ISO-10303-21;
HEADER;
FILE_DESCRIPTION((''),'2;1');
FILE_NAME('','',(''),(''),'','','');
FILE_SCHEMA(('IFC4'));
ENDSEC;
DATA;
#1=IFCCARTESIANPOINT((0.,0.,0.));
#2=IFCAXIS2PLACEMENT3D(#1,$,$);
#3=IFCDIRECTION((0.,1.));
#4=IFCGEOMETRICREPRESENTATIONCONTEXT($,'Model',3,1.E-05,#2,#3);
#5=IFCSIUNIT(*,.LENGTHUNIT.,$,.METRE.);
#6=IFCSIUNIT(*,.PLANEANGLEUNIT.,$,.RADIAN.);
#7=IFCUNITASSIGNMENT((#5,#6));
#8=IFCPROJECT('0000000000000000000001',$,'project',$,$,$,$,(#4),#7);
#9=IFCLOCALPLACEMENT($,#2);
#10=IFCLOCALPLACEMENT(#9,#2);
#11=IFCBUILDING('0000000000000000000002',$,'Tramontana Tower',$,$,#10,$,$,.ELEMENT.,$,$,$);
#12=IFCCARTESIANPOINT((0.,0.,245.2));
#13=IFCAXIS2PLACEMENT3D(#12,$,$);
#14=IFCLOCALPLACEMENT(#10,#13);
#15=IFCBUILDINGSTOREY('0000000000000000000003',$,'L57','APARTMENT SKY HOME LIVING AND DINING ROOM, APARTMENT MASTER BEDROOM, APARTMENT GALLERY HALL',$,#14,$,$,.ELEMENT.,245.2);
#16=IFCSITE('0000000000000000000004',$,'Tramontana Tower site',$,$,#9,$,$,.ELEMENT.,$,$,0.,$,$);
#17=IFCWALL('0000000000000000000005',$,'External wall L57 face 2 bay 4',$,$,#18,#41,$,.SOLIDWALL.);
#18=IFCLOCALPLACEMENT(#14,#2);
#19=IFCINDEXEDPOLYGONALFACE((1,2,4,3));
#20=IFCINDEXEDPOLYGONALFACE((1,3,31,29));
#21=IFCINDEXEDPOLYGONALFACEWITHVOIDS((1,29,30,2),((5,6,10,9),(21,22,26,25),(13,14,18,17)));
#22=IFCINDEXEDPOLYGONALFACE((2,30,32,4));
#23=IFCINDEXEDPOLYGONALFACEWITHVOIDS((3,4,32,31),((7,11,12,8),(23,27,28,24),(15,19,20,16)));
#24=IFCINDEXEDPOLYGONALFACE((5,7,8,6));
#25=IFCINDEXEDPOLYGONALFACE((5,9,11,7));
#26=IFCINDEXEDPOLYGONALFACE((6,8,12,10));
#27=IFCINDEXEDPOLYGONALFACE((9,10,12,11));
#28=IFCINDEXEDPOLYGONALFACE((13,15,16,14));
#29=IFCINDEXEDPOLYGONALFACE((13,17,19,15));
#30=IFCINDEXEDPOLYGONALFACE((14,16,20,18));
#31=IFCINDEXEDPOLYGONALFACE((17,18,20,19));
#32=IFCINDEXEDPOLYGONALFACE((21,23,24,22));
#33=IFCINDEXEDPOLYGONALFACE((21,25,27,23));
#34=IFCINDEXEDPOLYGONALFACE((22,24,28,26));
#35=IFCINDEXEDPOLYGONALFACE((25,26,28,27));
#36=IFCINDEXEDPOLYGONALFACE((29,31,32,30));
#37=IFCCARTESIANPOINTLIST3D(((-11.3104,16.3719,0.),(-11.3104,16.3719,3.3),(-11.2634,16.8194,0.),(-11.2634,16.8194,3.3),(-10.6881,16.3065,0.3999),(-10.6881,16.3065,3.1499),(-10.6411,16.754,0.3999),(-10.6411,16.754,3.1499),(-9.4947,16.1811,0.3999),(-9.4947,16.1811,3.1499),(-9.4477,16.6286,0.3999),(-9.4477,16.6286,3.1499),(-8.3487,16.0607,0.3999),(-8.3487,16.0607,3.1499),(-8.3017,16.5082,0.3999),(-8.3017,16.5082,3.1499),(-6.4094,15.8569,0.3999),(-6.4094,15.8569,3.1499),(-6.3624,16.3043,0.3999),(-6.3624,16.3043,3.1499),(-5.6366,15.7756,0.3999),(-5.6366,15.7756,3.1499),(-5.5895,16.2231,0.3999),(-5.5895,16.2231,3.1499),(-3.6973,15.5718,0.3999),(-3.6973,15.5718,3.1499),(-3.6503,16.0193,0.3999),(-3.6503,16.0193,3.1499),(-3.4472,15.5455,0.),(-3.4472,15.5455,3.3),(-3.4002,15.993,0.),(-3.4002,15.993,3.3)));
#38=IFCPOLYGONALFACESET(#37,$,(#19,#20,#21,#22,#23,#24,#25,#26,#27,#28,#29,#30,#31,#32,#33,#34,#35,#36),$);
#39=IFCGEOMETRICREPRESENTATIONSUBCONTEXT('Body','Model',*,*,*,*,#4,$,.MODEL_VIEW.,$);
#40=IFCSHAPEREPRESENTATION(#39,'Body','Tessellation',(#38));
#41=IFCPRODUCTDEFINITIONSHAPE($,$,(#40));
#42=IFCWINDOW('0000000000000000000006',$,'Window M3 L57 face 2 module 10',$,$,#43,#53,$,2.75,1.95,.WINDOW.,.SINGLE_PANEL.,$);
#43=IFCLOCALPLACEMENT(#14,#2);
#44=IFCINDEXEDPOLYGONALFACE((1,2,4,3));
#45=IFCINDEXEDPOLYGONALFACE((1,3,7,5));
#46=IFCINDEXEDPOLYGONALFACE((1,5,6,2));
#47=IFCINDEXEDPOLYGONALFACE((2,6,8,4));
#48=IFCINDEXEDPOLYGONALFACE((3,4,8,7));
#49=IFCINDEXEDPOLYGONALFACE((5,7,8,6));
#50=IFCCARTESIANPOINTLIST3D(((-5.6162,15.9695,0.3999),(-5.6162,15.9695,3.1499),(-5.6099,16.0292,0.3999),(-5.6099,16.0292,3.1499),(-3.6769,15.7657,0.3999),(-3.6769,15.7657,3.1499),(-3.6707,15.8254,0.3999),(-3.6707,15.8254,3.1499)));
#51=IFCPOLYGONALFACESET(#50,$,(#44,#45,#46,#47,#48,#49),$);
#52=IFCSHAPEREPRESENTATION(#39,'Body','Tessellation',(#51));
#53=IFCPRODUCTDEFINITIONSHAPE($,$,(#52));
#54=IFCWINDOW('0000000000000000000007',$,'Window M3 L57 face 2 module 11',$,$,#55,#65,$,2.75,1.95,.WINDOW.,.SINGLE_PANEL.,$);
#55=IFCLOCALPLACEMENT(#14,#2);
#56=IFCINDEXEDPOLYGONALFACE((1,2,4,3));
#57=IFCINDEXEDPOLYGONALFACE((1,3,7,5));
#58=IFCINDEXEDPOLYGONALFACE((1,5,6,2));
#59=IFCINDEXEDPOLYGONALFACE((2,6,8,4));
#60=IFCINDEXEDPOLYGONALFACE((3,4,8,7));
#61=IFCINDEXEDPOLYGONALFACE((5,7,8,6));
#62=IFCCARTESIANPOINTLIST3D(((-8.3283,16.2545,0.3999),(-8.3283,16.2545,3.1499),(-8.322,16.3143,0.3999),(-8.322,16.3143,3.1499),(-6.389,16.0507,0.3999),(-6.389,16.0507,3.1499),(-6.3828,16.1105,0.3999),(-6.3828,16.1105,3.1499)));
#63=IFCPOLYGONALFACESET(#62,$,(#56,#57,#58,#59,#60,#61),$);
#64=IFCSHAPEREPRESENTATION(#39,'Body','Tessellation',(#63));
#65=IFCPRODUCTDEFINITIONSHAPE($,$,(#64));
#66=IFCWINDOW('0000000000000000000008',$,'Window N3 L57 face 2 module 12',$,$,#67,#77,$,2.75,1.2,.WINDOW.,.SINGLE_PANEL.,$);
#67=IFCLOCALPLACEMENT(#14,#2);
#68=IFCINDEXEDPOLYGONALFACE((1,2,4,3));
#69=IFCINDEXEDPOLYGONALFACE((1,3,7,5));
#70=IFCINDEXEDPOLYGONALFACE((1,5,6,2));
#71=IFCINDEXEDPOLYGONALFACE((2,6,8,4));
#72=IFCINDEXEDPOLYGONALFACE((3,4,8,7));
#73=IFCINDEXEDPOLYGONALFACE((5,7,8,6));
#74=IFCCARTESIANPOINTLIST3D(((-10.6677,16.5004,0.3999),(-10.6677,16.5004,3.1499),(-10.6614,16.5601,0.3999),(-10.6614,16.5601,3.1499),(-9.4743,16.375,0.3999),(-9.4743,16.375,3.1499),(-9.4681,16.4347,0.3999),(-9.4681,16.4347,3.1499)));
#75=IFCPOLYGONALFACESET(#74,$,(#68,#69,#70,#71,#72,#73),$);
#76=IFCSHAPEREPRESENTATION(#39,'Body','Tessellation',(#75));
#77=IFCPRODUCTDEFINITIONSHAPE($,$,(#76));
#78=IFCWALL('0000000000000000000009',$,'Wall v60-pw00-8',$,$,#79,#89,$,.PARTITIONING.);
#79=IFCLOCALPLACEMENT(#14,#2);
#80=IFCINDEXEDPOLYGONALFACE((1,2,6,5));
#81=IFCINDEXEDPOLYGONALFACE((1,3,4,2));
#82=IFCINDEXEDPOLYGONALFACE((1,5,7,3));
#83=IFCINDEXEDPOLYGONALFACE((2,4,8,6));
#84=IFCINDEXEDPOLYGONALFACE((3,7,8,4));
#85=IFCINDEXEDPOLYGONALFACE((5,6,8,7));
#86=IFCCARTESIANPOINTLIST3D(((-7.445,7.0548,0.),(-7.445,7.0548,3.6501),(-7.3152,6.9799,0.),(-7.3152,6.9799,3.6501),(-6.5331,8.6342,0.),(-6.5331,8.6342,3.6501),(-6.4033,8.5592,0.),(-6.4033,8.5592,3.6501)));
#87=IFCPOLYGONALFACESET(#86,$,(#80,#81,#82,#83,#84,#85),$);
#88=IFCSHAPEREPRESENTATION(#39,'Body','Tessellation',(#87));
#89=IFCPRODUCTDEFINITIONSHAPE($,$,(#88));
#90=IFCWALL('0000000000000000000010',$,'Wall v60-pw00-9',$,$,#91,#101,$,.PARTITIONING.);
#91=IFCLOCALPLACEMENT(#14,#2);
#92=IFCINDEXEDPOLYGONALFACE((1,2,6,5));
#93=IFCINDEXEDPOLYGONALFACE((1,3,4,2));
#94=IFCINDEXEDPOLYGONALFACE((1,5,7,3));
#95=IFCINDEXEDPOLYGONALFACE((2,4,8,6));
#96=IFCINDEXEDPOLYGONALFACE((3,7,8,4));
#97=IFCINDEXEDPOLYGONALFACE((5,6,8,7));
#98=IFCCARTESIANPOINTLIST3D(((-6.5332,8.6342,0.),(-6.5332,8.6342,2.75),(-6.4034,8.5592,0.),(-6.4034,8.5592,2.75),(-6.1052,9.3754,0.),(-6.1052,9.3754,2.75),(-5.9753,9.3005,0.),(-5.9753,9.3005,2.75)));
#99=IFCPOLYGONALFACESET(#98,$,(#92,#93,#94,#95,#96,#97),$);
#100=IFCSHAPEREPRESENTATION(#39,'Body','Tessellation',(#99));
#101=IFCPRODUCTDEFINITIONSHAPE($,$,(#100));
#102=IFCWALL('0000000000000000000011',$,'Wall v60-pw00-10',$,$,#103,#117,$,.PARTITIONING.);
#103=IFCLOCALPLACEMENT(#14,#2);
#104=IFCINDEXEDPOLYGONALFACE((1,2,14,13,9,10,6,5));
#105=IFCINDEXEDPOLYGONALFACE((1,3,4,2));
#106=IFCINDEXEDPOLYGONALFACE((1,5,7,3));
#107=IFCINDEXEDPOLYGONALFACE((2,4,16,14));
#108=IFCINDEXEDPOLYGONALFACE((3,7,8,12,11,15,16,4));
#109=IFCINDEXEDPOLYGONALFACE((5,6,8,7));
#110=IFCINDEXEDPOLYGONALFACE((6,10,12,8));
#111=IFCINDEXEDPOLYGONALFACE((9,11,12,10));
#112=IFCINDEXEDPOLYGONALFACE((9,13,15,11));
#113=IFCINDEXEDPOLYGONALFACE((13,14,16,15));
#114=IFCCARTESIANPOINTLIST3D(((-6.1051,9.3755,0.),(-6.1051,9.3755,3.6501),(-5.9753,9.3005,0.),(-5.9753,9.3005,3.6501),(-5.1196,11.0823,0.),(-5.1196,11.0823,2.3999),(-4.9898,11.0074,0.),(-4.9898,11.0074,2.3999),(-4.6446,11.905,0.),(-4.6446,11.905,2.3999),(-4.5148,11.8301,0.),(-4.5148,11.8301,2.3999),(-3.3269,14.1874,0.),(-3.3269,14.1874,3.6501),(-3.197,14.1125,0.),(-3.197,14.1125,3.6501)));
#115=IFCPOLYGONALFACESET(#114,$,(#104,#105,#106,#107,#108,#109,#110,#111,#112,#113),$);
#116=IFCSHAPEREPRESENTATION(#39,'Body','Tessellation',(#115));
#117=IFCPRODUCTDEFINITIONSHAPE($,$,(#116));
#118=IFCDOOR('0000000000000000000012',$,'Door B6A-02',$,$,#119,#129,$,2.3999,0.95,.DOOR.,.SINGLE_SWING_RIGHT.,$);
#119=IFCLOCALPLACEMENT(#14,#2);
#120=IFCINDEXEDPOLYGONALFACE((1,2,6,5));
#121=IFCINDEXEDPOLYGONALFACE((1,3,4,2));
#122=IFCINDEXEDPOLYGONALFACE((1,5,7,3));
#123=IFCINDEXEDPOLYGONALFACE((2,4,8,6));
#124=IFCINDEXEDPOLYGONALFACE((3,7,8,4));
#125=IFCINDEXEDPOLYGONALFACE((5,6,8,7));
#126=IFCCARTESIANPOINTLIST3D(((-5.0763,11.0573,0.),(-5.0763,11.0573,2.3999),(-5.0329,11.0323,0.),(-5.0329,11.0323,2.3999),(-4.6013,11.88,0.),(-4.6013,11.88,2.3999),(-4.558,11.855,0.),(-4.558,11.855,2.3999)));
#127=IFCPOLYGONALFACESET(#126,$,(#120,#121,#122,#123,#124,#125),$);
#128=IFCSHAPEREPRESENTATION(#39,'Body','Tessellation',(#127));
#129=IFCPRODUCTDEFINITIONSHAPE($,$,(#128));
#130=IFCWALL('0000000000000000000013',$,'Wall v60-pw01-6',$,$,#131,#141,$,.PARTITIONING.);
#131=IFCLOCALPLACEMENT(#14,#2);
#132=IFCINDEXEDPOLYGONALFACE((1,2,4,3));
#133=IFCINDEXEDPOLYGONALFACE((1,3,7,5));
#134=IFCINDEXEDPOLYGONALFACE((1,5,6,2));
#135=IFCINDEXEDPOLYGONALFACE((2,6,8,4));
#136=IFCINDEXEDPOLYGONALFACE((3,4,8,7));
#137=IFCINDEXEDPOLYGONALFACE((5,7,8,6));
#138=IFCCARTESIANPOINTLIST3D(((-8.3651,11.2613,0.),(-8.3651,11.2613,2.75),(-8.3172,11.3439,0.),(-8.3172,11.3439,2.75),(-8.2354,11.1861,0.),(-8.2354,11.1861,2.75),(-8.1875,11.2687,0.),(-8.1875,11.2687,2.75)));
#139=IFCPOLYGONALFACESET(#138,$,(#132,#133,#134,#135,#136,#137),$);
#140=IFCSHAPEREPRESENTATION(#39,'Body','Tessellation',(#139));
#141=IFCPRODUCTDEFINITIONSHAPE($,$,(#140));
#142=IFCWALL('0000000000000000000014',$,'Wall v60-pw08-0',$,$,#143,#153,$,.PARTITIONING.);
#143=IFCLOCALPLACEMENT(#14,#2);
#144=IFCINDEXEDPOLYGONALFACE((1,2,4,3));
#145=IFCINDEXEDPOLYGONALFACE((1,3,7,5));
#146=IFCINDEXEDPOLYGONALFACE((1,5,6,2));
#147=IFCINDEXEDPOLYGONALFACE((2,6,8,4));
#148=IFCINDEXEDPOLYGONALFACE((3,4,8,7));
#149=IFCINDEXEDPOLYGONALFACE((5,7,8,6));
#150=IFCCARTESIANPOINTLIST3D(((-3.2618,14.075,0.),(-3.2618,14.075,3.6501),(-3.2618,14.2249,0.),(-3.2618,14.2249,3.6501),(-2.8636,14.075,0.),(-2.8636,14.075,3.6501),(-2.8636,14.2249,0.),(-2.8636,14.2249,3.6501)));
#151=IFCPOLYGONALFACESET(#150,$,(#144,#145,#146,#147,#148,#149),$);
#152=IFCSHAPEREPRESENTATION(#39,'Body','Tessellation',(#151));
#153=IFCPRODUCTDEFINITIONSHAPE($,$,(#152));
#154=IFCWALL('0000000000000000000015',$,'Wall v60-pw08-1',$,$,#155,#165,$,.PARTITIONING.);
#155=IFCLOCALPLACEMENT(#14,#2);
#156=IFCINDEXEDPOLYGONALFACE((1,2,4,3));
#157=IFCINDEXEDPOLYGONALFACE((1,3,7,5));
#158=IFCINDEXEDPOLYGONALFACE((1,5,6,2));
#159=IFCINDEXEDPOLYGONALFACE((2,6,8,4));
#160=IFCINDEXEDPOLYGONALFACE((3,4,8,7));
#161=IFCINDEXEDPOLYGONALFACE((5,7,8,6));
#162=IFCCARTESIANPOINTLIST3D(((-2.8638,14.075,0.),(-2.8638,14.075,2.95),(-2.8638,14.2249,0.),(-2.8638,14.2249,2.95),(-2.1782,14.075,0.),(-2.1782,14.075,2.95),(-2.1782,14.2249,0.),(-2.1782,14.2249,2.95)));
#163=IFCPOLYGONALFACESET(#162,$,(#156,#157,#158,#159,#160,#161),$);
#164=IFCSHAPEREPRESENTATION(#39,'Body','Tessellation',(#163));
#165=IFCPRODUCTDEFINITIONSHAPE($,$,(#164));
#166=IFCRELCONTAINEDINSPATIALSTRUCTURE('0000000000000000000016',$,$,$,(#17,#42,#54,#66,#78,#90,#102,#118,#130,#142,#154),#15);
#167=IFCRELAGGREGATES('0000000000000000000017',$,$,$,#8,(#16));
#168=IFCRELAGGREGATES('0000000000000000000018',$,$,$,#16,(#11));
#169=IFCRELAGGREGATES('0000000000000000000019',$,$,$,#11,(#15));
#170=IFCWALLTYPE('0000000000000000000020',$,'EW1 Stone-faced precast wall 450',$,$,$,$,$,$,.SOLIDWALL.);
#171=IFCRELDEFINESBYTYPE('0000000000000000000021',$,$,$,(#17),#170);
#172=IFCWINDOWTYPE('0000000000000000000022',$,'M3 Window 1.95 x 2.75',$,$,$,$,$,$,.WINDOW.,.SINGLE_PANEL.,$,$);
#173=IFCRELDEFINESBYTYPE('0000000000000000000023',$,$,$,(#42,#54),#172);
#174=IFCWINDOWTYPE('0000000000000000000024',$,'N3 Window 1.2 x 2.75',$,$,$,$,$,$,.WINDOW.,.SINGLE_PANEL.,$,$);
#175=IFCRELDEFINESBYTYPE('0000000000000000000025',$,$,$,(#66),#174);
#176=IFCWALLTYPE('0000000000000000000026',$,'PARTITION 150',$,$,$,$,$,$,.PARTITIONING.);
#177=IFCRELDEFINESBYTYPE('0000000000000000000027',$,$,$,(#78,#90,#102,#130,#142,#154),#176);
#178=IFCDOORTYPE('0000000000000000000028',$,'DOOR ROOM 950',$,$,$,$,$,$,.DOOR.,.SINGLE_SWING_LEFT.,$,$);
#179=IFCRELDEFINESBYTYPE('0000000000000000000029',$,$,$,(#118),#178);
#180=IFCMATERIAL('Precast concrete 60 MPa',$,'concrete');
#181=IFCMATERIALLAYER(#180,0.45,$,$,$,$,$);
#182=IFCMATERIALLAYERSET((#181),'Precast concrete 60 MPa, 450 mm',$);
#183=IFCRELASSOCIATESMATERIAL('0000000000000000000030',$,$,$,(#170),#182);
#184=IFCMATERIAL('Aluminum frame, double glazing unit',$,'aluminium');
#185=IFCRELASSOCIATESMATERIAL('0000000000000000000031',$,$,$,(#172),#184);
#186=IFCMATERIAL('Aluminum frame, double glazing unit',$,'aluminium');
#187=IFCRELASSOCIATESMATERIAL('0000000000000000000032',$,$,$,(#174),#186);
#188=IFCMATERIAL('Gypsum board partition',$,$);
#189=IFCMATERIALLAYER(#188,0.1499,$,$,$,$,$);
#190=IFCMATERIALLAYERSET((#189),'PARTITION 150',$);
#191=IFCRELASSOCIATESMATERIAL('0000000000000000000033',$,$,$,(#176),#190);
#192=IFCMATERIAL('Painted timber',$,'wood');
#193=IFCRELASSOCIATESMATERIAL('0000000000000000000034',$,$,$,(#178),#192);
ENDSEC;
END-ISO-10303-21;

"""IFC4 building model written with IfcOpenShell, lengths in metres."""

from ifc_helpers import new_model, si_unit, direction, frame, frame_2d, origin, place, context, subcontext, project, spatial, rectangle, extrude, material, layer, layer_set, type_object, element, fill, save


model = new_model("IFC4")

# Units and contexts
model_context = context("Model", 3, precision=1e-05, world=origin(), true_north=direction((0.0, 1.0)))
body_context = subcontext(model_context, "Body", "Model", "MODEL_VIEW")
ifc_project = project(units=[si_unit("LENGTHUNIT", "METRE"), si_unit("PLANEANGLEUNIT", "RADIAN")], contexts=[model_context])

# Site, building, storey
site_placement = place(None, origin())
site = spatial("IfcSite", under=ifc_project, at=site_placement, Name="Tramontana Tower site", CompositionType="ELEMENT", RefElevation=0.0)
building_placement = place(site_placement, origin())
building = spatial("IfcBuilding", under=site, at=building_placement, Name="Tramontana Tower", CompositionType="ELEMENT")
storey_placement = place(building_placement, frame((0.0, 0.0, 245.2)))
storey = spatial("IfcBuildingStorey", under=building, at=storey_placement, Name="L57", Description="APARTMENT SKY HOME LIVING AND DINING ROOM, APARTMENT MASTER BEDROOM, APARTMENT GALLERY HALL", CompositionType="ELEMENT", Elevation=245.2)

# Wall, openings, windows
ifc_material_1 = material(Name="Precast concrete 60 MPa", Category="concrete")
ifc_layer_1 = layer(ifc_material_1, 0.45)
ifc_layer_set_1 = layer_set([ifc_layer_1], Name="Precast concrete 60 MPa, 450 mm")
wall_type_1 = type_object("IfcWallType", Name="EW1 Stone-faced precast wall 450", PredefinedType="SOLIDWALL", material=ifc_layer_set_1)
wall_1_placement = place(storey_placement, frame((-3.4238, 15.7693, 0.0), z_axis=(0.0, 0.0, 1.0), x_axis=(-0.994523, 0.104522, 0.0)))
wall_1 = element("IfcWall", 1, at=wall_1_placement, inside=storey, type_object=wall_type_1, Name="External wall L57 face 2 bay 4", PredefinedType="SOLIDWALL", context=body_context, shape_type="SweptSolid", body=[
    extrude(rectangle(XDim=7.9065, YDim=0.45, at=frame_2d((3.9531, 0.0))), origin(), (0.0, 0.0, 1.0), 3.3),
])
opening_1_placement = place(wall_1_placement, frame((0.2512, 0.0, 0.3999)))
opening_1 = element("IfcOpeningElement", 2, at=opening_1_placement, cuts=wall_1, PredefinedType="OPENING", context=body_context, shape_type="SweptSolid", body=[
    extrude(rectangle(XDim=1.95, YDim=2.75, at=frame_2d((0.9751, 1.375))), frame((0.0, 0.2349, 0.0), z_axis=(0.0, -1.0, 0.0), x_axis=(1.0, 0.0, 0.0)), (0.0, 0.0, 1.0), 0.47),
])
opening_2_placement = place(wall_1_placement, frame((2.9783, 0.0, 0.3999)))
opening_2 = element("IfcOpeningElement", 3, at=opening_2_placement, cuts=wall_1, PredefinedType="OPENING", context=body_context, shape_type="SweptSolid", body=[
    extrude(rectangle(XDim=1.95, YDim=2.75, at=frame_2d((0.9751, 1.375))), frame((0.0, 0.2349, 0.0), z_axis=(0.0, -1.0, 0.0), x_axis=(1.0, 0.0, 0.0)), (0.0, 0.0, 1.0), 0.47),
])
opening_3_placement = place(wall_1_placement, frame((6.0806, 0.0, 0.3999)))
opening_3 = element("IfcOpeningElement", 4, at=opening_3_placement, cuts=wall_1, PredefinedType="OPENING", context=body_context, shape_type="SweptSolid", body=[
    extrude(rectangle(XDim=1.2, YDim=2.75, at=frame_2d((0.6001, 1.375))), frame((0.0, 0.2349, 0.0), z_axis=(0.0, -1.0, 0.0), x_axis=(1.0, 0.0, 0.0)), (0.0, 0.0, 1.0), 0.47),
])
ifc_material_2 = material(Name="Aluminum frame, double glazing unit", Category="aluminium")
window_type_1 = type_object("IfcWindowType", Name="M3 Window 1.95 x 2.75", PartitioningType="SINGLE_PANEL", PredefinedType="WINDOW", material=ifc_material_2)
window_1_placement = place(opening_1_placement, origin())
window_1 = element("IfcWindow", 5, at=window_1_placement, inside=storey, type_object=window_type_1, Name="Window M3 L57 face 2 module 10", OverallHeight=2.75, OverallWidth=1.95, PartitioningType="SINGLE_PANEL", PredefinedType="WINDOW", context=body_context, shape_type="SweptSolid", body=[
    extrude(rectangle(XDim=1.95, YDim=2.75, at=frame_2d((0.9751, 1.375))), frame((0.0, 0.03, 0.0), z_axis=(0.0, -1.0, 0.0), x_axis=(1.0, 0.0, 0.0)), (0.0, 0.0, 1.0), 0.0601),
])
fill(opening_1, window_1)
window_2_placement = place(opening_2_placement, origin())
window_2 = element("IfcWindow", 6, at=window_2_placement, inside=storey, type_object=window_type_1, Name="Window M3 L57 face 2 module 11", OverallHeight=2.75, OverallWidth=1.95, PartitioningType="SINGLE_PANEL", PredefinedType="WINDOW", context=body_context, shape_type="SweptSolid", body=[
    extrude(rectangle(XDim=1.95, YDim=2.75, at=frame_2d((0.9751, 1.375))), frame((0.0, 0.03, 0.0), z_axis=(0.0, -1.0, 0.0), x_axis=(1.0, 0.0, 0.0)), (0.0, 0.0, 1.0), 0.0601),
])
fill(opening_2, window_2)
ifc_material_3 = material(Name="Aluminum frame, double glazing unit", Category="aluminium")
window_type_2 = type_object("IfcWindowType", Name="N3 Window 1.2 x 2.75", PartitioningType="SINGLE_PANEL", PredefinedType="WINDOW", material=ifc_material_3)
window_3_placement = place(opening_3_placement, origin())
window_3 = element("IfcWindow", 7, at=window_3_placement, inside=storey, type_object=window_type_2, Name="Window N3 L57 face 2 module 12", OverallHeight=2.75, OverallWidth=1.2, PartitioningType="SINGLE_PANEL", PredefinedType="WINDOW", context=body_context, shape_type="SweptSolid", body=[
    extrude(rectangle(XDim=1.2, YDim=2.75, at=frame_2d((0.6001, 1.375))), frame((0.0, 0.03, 0.0), z_axis=(0.0, -1.0, 0.0), x_axis=(1.0, 0.0, 0.0)), (0.0, 0.0, 1.0), 0.0601),
])
fill(opening_3, window_3)

# Walls
ifc_material_4 = material(Name="Gypsum board partition")
ifc_layer_2 = layer(ifc_material_4, 0.1499)
ifc_layer_set_2 = layer_set([ifc_layer_2], Name="PARTITION 150")
wall_type_2 = type_object("IfcWallType", Name="PARTITION 150", PredefinedType="PARTITIONING", material=ifc_layer_set_2)
wall_2_placement = place(storey_placement, frame((-7.3801, 7.0173, 0.0), z_axis=(0.0, 0.0, 1.0), x_axis=(0.500012, 0.866018, 0.0)))
element("IfcWall", 8, at=wall_2_placement, inside=storey, type_object=wall_type_2, Name="Wall v60-pw00-8", PredefinedType="PARTITIONING", context=body_context, shape_type="SweptSolid", body=[
    extrude(rectangle(XDim=1.8237, YDim=0.1499, at=frame_2d((0.9119, 0.0))), origin(), (0.0, 0.0, 1.0), 3.6501),
])
wall_3_placement = place(storey_placement, frame((-6.4683, 8.5967, 0.0), z_axis=(0.0, 0.0, 1.0), x_axis=(0.500035, 0.866005, 0.0)))
element("IfcWall", 9, at=wall_3_placement, inside=storey, type_object=wall_type_2, Name="Wall v60-pw00-9", PredefinedType="PARTITIONING", context=body_context, shape_type="SweptSolid", body=[
    extrude(rectangle(XDim=0.856, YDim=0.1499, at=frame_2d((0.428, 0.0))), origin(), (0.0, 0.0, 1.0), 2.75),
])

# Wall, opening, door
wall_4_placement = place(storey_placement, frame((-6.0403, 9.3379, 0.0), z_axis=(0.0, 0.0, 1.0), x_axis=(0.500014, 0.866017, 0.0)))
wall_4 = element("IfcWall", 10, at=wall_4_placement, inside=storey, type_object=wall_type_2, Name="Wall v60-pw00-10", PredefinedType="PARTITIONING", context=body_context, shape_type="SweptSolid", body=[
    extrude(rectangle(XDim=5.5564, YDim=0.1499, at=frame_2d((2.7783, 0.0))), origin(), (0.0, 0.0, 1.0), 3.6501),
])
opening_4_placement = place(wall_4_placement, frame((1.9709, 0.0, 0.0)))
opening_4 = element("IfcOpeningElement", 11, at=opening_4_placement, cuts=wall_4, PredefinedType="OPENING", context=body_context, shape_type="SweptSolid", body=[
    extrude(rectangle(XDim=0.95, YDim=2.3999, at=frame_2d((0.4751, 1.2))), frame((0.0, 0.085, 0.0), z_axis=(0.0, -1.0, 0.0), x_axis=(1.0, 0.0, 0.0)), (0.0, 0.0, 1.0), 0.1699),
])
ifc_material_5 = material(Name="Painted timber", Category="wood")
door_type_1 = type_object("IfcDoorType", Name="DOOR ROOM 950", OperationType="SINGLE_SWING_LEFT", PredefinedType="DOOR", material=ifc_material_5)
door_1_placement = place(opening_4_placement, origin())
door_1 = element("IfcDoor", 12, at=door_1_placement, inside=storey, type_object=door_type_1, Name="Door B6A-02", OperationType="SINGLE_SWING_RIGHT", OverallHeight=2.3999, OverallWidth=0.95, PredefinedType="DOOR", context=body_context, shape_type="SweptSolid", body=[
    extrude(rectangle(XDim=0.95, YDim=2.3999, at=frame_2d((0.4751, 1.2))), frame((0.0, 0.0249, 0.0), z_axis=(0.0, -1.0, 0.0), x_axis=(1.0, 0.0, 0.0)), (0.0, 0.0, 1.0), 0.05),
])
fill(opening_4, door_1)

# Walls
wall_5_placement = place(storey_placement, frame((-8.3003, 11.2236, 0.0), z_axis=(0.0, 0.0, 1.0), x_axis=(0.501641, 0.865076, 0.0)))
element("IfcWall", 13, at=wall_5_placement, inside=storey, type_object=wall_type_2, Name="Wall v60-pw01-6", PredefinedType="PARTITIONING", context=body_context, shape_type="SweptSolid", body=[
    extrude(rectangle(XDim=0.0955, YDim=0.1499, at=frame_2d((0.0479, 0.0))), origin(), (0.0, 0.0, 1.0), 2.75),
])
wall_6_placement = place(storey_placement, frame((-3.262, 14.1499, 0.0), z_axis=(0.0, 0.0, 1.0), x_axis=(1.0, 0.0, 0.0)))
element("IfcWall", 14, at=wall_6_placement, inside=storey, type_object=wall_type_2, Name="Wall v60-pw08-0", PredefinedType="PARTITIONING", context=body_context, shape_type="SweptSolid", body=[
    extrude(rectangle(XDim=0.3982, YDim=0.1499, at=frame_2d((0.1992, 0.0))), origin(), (0.0, 0.0, 1.0), 3.6501),
])
wall_7_placement = place(storey_placement, frame((-2.8638, 14.1499, 0.0), z_axis=(0.0, 0.0, 1.0), x_axis=(1.0, 0.0, 0.0)))
element("IfcWall", 15, at=wall_7_placement, inside=storey, type_object=wall_type_2, Name="Wall v60-pw08-1", PredefinedType="PARTITIONING", context=body_context, shape_type="SweptSolid", body=[
    extrude(rectangle(XDim=0.6855, YDim=0.1499, at=frame_2d((0.3428, 0.0))), origin(), (0.0, 0.0, 1.0), 2.95),
])

save(model, "model.ifc")
